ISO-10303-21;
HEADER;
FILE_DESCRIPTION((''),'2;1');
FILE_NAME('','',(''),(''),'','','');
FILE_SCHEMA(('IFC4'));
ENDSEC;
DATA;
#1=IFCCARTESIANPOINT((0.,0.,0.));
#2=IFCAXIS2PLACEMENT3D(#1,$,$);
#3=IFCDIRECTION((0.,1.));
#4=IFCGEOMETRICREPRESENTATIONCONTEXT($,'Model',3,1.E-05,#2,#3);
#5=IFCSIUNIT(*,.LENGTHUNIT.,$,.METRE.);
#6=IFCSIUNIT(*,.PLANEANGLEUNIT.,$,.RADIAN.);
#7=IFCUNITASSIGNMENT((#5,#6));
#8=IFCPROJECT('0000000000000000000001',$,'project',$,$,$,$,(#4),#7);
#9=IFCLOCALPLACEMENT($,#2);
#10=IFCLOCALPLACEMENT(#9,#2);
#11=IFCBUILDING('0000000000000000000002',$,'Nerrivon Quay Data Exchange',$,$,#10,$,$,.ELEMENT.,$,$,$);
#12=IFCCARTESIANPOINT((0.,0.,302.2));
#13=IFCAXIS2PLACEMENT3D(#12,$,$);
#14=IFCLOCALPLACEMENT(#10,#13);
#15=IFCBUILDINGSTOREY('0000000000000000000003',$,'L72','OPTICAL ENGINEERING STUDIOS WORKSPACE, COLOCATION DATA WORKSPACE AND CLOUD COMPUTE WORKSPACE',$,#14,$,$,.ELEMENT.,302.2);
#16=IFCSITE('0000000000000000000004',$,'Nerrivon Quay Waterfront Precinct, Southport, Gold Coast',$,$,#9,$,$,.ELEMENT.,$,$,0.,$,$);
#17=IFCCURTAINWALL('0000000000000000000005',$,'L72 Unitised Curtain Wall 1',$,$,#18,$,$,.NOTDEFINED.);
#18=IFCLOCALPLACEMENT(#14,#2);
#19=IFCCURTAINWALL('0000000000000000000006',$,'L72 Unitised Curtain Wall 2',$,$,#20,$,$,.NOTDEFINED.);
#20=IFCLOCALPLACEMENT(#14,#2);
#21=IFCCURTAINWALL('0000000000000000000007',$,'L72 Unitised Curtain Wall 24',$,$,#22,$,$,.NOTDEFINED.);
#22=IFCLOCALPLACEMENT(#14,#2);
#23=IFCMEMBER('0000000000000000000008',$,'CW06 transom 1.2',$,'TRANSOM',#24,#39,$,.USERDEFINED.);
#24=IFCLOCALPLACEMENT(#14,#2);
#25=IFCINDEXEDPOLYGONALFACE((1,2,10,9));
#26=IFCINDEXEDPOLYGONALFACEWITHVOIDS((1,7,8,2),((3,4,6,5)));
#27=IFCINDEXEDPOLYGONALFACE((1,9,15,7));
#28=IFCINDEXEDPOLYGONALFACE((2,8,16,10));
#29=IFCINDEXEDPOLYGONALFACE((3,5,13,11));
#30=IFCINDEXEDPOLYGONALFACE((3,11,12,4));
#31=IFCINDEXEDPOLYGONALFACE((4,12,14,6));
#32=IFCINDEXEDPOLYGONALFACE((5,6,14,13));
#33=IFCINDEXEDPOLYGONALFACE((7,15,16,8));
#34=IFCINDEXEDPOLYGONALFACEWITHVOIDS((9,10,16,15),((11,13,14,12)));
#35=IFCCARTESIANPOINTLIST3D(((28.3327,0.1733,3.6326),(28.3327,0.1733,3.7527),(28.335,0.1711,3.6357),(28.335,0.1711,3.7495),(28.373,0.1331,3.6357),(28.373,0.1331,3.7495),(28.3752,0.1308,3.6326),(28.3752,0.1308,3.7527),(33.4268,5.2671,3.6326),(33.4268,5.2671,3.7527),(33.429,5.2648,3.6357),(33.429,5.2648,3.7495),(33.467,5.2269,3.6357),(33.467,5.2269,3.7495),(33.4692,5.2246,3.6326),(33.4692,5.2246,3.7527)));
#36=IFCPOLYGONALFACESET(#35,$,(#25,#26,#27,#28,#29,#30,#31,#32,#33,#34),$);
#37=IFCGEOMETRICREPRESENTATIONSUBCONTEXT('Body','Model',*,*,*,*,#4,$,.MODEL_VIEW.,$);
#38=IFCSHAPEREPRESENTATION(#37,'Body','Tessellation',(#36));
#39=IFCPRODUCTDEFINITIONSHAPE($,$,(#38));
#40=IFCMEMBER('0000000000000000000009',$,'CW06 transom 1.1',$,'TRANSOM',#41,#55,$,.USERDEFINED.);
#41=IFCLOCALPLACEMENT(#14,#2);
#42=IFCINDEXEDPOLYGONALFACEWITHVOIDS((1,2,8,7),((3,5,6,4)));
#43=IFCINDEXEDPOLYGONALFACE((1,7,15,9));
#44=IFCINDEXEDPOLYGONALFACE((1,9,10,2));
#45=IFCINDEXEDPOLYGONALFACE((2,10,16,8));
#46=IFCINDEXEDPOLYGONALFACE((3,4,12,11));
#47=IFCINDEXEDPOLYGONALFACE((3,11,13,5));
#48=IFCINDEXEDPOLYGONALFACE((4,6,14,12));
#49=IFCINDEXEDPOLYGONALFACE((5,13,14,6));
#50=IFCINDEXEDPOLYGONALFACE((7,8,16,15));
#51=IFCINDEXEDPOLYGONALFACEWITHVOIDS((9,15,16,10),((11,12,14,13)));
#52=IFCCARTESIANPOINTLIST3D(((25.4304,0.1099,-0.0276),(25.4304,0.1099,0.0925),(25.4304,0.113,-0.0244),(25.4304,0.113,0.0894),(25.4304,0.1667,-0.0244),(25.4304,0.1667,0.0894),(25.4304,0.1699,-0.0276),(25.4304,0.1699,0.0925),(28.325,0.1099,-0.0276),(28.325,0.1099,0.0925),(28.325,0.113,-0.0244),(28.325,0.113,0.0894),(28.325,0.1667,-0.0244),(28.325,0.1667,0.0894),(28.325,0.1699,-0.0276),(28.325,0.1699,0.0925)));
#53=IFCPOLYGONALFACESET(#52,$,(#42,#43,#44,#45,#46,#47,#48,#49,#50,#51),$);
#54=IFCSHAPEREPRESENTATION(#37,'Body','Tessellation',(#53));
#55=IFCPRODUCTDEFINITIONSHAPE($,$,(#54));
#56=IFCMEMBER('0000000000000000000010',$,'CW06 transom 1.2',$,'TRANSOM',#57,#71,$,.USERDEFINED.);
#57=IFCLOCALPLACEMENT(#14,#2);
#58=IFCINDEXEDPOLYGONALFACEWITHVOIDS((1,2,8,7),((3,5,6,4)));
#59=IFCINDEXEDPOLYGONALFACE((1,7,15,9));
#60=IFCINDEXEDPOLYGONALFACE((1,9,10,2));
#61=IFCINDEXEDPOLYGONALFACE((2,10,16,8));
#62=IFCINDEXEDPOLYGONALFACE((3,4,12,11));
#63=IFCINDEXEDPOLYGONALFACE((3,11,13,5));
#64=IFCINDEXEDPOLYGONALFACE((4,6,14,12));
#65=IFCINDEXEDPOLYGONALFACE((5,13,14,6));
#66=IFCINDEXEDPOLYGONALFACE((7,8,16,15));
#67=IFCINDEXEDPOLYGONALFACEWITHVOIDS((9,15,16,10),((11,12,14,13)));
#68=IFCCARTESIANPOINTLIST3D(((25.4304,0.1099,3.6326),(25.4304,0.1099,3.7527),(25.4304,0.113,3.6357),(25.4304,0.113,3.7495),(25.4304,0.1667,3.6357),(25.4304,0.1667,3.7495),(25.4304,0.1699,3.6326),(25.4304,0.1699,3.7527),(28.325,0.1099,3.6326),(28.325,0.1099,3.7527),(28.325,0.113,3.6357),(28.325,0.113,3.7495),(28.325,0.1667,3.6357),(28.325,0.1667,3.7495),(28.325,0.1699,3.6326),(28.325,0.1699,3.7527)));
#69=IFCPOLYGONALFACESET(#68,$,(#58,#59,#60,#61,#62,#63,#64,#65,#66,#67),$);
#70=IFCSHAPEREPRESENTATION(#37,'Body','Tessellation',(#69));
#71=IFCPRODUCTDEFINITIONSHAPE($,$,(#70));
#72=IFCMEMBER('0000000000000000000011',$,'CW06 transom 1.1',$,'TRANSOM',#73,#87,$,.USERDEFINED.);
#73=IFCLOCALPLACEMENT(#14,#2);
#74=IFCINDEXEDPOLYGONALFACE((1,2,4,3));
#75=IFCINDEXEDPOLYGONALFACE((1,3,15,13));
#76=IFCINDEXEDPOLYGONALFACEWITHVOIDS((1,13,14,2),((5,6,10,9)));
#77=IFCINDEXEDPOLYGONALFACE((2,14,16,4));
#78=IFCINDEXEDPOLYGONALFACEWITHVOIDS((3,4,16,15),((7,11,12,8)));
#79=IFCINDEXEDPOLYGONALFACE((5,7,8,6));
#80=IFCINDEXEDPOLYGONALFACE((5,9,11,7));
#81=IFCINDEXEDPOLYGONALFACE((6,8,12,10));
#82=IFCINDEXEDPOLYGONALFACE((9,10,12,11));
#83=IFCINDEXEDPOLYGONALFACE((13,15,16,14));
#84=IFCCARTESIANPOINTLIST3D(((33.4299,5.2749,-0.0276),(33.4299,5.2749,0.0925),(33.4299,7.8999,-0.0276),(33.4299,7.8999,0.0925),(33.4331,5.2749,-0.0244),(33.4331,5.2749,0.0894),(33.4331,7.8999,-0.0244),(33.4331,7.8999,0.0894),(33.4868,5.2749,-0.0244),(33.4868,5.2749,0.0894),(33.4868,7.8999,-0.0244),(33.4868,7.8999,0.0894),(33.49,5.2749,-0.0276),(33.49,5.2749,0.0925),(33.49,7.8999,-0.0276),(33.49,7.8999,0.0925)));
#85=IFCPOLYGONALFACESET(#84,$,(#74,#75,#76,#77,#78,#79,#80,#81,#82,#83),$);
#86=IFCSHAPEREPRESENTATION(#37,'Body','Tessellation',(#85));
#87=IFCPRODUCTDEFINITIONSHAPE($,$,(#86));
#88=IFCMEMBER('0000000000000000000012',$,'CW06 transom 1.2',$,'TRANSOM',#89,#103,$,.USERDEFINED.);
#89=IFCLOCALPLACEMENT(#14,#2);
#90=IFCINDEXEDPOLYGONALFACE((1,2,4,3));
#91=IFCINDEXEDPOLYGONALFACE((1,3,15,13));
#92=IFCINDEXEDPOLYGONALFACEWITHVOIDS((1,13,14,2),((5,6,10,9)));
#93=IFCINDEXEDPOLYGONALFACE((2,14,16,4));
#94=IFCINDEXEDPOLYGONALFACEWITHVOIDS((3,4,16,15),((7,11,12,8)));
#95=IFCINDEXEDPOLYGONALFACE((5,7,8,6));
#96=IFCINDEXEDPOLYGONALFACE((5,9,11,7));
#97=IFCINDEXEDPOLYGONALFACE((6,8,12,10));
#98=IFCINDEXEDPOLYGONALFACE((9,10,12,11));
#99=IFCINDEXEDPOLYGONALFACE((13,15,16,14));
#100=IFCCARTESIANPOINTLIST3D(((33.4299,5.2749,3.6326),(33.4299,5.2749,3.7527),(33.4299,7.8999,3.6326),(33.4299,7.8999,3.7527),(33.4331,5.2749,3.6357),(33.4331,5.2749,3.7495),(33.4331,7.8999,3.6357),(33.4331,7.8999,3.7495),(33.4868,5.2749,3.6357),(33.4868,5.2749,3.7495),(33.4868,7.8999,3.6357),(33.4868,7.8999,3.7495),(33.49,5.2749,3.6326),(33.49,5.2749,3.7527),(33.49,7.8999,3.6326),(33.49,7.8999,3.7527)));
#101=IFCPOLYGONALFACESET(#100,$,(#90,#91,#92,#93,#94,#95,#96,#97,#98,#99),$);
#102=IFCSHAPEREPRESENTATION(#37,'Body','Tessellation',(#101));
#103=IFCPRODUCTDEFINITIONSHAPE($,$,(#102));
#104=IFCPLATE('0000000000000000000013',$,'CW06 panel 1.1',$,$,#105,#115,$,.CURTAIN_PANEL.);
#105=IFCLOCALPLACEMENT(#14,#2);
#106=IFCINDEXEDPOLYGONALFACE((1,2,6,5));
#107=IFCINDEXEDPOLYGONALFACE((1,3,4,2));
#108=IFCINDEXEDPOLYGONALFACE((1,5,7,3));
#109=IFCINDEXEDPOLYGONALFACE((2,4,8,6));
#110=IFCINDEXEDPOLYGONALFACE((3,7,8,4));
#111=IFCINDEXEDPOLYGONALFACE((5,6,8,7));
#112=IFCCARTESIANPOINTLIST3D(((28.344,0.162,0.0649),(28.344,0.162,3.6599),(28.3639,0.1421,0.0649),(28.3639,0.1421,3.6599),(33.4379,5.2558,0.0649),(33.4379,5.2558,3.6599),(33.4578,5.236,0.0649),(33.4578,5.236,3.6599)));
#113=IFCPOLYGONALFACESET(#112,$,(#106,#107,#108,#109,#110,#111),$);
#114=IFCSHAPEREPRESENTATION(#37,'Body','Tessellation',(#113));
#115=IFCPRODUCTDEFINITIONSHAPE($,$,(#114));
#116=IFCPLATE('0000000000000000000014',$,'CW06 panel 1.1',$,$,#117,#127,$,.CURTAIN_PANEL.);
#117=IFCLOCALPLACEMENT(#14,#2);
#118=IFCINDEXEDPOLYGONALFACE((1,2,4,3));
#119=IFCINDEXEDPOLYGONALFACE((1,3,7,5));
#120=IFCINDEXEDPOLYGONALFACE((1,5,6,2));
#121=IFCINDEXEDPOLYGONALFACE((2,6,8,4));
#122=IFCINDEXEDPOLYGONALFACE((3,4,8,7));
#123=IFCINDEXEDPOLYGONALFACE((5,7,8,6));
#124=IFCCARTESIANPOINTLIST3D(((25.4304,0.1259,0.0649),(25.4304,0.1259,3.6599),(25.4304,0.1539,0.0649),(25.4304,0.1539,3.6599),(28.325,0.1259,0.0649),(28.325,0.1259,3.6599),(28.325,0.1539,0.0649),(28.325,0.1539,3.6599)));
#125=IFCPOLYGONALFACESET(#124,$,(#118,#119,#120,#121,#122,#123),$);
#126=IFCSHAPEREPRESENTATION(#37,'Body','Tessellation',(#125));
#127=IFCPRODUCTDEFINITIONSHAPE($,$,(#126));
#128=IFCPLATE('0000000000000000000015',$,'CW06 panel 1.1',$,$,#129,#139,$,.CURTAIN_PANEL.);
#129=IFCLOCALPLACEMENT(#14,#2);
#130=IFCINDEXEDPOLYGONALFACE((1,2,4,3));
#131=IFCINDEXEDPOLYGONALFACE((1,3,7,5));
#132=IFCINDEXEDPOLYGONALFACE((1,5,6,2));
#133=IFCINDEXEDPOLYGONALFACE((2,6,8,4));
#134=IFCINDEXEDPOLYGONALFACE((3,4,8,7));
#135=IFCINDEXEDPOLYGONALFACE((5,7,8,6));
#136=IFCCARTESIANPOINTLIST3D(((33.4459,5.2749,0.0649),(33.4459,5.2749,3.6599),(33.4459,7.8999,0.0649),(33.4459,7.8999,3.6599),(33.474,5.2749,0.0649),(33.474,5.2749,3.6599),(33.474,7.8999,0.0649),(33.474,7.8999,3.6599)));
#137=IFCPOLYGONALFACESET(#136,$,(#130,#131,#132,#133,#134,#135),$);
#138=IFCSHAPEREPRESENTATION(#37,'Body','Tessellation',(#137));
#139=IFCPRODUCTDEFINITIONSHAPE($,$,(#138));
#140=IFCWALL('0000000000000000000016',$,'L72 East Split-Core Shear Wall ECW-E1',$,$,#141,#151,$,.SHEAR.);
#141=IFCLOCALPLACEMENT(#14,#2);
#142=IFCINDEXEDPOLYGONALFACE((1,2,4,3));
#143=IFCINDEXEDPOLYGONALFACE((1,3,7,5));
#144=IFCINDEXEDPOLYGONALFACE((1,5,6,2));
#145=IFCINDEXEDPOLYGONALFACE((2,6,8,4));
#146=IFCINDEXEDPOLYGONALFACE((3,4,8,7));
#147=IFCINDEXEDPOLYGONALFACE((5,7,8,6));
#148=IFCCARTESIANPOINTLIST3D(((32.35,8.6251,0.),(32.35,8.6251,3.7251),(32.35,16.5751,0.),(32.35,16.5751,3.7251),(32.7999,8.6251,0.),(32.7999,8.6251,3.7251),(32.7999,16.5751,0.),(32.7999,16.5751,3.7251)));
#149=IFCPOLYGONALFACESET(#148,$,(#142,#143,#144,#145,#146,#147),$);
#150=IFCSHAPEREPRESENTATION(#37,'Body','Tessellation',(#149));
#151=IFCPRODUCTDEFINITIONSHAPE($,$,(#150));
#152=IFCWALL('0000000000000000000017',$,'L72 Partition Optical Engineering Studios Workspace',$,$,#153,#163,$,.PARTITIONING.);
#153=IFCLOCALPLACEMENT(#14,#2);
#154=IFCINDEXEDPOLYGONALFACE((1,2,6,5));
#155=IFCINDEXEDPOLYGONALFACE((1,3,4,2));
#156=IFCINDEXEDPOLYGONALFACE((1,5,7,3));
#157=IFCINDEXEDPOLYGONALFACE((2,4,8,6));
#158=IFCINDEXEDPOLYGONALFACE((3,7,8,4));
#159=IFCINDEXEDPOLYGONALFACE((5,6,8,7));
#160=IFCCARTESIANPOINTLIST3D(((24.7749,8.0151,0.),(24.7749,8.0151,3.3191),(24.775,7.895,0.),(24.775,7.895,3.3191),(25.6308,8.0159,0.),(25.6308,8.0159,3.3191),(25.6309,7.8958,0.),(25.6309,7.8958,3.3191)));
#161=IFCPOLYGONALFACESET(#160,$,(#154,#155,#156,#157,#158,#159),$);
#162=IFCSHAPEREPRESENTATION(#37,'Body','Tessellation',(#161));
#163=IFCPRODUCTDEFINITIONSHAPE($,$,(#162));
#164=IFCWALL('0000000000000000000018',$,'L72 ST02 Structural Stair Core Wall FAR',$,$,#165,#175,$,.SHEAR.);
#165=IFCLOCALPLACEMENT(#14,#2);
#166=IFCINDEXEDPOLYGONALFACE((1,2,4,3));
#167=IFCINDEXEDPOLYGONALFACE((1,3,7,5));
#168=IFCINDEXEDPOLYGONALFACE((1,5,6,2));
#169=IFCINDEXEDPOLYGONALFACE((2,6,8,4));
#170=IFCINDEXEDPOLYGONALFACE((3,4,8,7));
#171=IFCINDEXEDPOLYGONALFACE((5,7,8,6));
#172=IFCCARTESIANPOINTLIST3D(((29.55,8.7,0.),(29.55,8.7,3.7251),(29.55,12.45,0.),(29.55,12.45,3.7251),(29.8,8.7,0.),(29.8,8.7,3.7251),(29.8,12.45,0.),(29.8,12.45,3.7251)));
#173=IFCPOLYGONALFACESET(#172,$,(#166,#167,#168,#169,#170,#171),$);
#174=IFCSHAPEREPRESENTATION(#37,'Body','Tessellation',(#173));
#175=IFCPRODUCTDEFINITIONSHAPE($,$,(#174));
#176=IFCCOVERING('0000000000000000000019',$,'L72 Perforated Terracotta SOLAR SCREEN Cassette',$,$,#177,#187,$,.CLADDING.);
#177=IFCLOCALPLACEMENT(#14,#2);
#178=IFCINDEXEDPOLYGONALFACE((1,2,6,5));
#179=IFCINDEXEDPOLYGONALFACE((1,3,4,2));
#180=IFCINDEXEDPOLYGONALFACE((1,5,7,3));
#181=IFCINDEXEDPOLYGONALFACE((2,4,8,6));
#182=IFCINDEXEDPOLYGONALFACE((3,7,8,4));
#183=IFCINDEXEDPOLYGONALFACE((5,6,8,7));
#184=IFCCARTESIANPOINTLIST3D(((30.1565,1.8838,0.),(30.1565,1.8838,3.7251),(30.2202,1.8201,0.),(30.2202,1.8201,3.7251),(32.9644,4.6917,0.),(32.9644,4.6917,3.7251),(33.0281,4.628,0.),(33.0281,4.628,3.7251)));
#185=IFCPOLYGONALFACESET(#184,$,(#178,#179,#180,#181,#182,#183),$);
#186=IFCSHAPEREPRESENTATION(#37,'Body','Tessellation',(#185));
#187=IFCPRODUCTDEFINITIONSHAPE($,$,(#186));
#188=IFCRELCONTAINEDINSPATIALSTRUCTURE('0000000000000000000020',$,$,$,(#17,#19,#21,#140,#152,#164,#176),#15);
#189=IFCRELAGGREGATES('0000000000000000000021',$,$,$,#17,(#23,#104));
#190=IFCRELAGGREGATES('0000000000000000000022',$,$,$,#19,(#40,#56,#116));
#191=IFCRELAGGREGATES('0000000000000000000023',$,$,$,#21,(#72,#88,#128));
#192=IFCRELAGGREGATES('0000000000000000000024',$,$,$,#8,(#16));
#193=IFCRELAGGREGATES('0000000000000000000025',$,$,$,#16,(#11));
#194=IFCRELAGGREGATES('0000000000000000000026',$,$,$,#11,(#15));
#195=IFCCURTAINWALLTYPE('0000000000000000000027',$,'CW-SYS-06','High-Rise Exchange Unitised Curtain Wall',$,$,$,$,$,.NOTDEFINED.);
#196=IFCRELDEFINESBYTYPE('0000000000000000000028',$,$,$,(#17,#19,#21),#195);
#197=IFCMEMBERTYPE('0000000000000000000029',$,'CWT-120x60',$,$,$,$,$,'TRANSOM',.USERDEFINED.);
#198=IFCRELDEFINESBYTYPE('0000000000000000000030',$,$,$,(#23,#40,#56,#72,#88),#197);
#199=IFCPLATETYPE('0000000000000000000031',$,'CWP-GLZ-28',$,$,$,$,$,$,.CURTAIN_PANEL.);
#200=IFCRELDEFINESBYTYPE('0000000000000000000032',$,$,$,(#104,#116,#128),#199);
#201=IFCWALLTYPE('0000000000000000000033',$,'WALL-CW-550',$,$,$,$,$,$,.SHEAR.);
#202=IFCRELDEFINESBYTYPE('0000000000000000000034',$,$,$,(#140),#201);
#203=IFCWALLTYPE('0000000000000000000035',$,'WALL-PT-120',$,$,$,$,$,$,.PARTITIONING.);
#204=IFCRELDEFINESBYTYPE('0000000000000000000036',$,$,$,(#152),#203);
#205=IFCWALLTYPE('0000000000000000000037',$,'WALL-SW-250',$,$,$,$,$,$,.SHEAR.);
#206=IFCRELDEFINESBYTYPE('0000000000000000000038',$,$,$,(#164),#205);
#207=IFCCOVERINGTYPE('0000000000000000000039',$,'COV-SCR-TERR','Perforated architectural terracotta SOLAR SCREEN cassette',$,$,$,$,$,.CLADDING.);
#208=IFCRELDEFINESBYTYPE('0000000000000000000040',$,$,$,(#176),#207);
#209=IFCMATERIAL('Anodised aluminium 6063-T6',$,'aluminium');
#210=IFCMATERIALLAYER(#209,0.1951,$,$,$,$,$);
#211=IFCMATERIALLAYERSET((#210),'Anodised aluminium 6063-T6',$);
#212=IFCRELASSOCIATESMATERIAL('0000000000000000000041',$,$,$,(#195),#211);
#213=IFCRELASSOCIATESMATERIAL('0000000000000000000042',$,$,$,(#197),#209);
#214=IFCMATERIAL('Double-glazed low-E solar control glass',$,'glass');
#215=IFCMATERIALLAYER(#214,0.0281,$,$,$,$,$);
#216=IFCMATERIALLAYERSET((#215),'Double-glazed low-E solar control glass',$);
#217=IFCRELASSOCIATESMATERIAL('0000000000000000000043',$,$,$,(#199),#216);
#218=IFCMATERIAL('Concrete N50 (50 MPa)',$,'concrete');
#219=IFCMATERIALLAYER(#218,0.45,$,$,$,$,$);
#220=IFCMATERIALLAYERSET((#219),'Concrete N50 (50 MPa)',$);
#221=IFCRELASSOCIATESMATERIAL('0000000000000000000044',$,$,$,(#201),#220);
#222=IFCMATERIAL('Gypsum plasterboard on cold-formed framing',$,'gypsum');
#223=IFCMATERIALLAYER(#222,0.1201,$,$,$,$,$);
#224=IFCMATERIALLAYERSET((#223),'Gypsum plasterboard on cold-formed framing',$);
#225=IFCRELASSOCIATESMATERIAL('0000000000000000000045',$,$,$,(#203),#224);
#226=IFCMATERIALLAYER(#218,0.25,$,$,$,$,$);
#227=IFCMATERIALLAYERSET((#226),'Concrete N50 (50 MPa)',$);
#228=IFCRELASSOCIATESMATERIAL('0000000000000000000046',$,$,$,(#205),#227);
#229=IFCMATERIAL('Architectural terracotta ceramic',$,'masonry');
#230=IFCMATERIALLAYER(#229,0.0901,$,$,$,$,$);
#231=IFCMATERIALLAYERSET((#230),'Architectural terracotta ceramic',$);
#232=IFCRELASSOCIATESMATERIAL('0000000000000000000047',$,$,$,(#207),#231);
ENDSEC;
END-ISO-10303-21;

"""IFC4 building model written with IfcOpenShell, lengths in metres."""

from ifc_helpers import new_model, si_unit, direction, frame, frame_2d, origin, origin_2d, place, context, subcontext, project, spatial, rectangle, hollow_rectangle, extrude, material, layer, layer_set, material_profile, profile_set, type_object, element, aggregate, save


model = new_model("IFC4")

# Units and contexts
model_context = context("Model", 3, precision=1e-05, world=origin(), true_north=direction((0.0, 1.0)))
body_context = subcontext(model_context, "Body", "Model", "MODEL_VIEW")
ifc_project = project(units=[si_unit("LENGTHUNIT", "METRE"), si_unit("PLANEANGLEUNIT", "RADIAN")], contexts=[model_context])

# Site, building, storey
site_placement = place(None, origin())
site = spatial("IfcSite", under=ifc_project, at=site_placement, Name="Nerrivon Quay Waterfront Precinct, Southport, Gold Coast", CompositionType="ELEMENT", RefElevation=0.0)
building_placement = place(site_placement, origin())
building = spatial("IfcBuilding", under=site, at=building_placement, Name="Nerrivon Quay Data Exchange", CompositionType="ELEMENT")
storey_placement = place(building_placement, frame((0.0, 0.0, 302.2)))
storey = spatial("IfcBuildingStorey", under=building, at=storey_placement, Name="L72", Description="OPTICAL ENGINEERING STUDIOS WORKSPACE, COLOCATION DATA WORKSPACE AND CLOUD COMPUTE WORKSPACE", CompositionType="ELEMENT", Elevation=302.2)

# Shared definitions
ifc_material_1 = material(Name="Concrete N50 (50 MPa)", Category="concrete")

# Curtain wall
ifc_material_2 = material(Name="Anodised aluminium 6063-T6", Category="aluminium")
ifc_layer_1 = layer(ifc_material_2, 0.1951)
ifc_layer_set_1 = layer_set([ifc_layer_1], Name="Anodised aluminium 6063-T6")
curtain_wall_type = type_object("IfcCurtainWallType", Name="CW-SYS-06", Description="High-Rise Exchange Unitised Curtain Wall", PredefinedType="NOTDEFINED", material=ifc_layer_set_1)
curtain_wall_1_placement = place(storey_placement, origin())
curtain_wall_1 = element("IfcCurtainWall", 1, at=curtain_wall_1_placement, inside=storey, type_object=curtain_wall_type, Name="L72 Unitised Curtain Wall 1", PredefinedType="NOTDEFINED")

# Curtain wall
curtain_wall_2_placement = place(storey_placement, origin())
curtain_wall_2 = element("IfcCurtainWall", 2, at=curtain_wall_2_placement, inside=storey, type_object=curtain_wall_type, Name="L72 Unitised Curtain Wall 2", PredefinedType="NOTDEFINED")

# Curtain wall
curtain_wall_3_placement = place(storey_placement, origin())
curtain_wall_3 = element("IfcCurtainWall", 3, at=curtain_wall_3_placement, inside=storey, type_object=curtain_wall_type, Name="L72 Unitised Curtain Wall 24", PredefinedType="NOTDEFINED")

# Members
ifc_material_profile_1 = material_profile(ifc_material_2, hollow_rectangle(XDim=0.0601, YDim=0.1201, WallThickness=0.0032, at=origin_2d()), Name="ALU-TRAN-120x60")
ifc_profile_set_1 = profile_set([ifc_material_profile_1], Name="Anodised aluminium 6063-T6")
member_type_1 = type_object("IfcMemberType", Name="CWT-120x60", ElementType="TRANSOM", PredefinedType="USERDEFINED", material=ifc_profile_set_1)
member_1_placement = place(storey_placement, frame((33.448, 5.2458, 3.6926), z_axis=(-0.707124, -0.70709, 0.0), x_axis=(0.70709, -0.707124, 0.0)))
member_1 = element("IfcMember", 4, at=member_1_placement, type_object=member_type_1, Name="CW06 transom 1.2", ObjectType="TRANSOM", PredefinedType="USERDEFINED", context=body_context, shape_type="SweptSolid", body=[
    extrude(hollow_rectangle(XDim=0.0601, YDim=0.1201, WallThickness=0.0032, at=origin_2d()), origin(), (0.0, 0.0, 1.0), 7.2039),
])
member_2_placement = place(storey_placement, frame((28.325, 0.1399, 0.0325), z_axis=(-1.0, 0.0, 0.0), x_axis=(0.0, -1.0, 0.0)))
member_2 = element("IfcMember", 5, at=member_2_placement, type_object=member_type_1, Name="CW06 transom 1.1", ObjectType="TRANSOM", PredefinedType="USERDEFINED", context=body_context, shape_type="SweptSolid", body=[
    extrude(hollow_rectangle(XDim=0.0601, YDim=0.1201, WallThickness=0.0032, at=origin_2d()), origin(), (0.0, 0.0, 1.0), 2.8945),
])
member_3_placement = place(storey_placement, frame((28.325, 0.1399, 3.6926), z_axis=(-1.0, 0.0, 0.0), x_axis=(0.0, -1.0, 0.0)))
member_3 = element("IfcMember", 6, at=member_3_placement, type_object=member_type_1, Name="CW06 transom 1.2", ObjectType="TRANSOM", PredefinedType="USERDEFINED", context=body_context, shape_type="SweptSolid", body=[
    extrude(hollow_rectangle(XDim=0.0601, YDim=0.1201, WallThickness=0.0032, at=origin_2d()), origin(), (0.0, 0.0, 1.0), 2.8945),
])
member_4_placement = place(storey_placement, frame((33.46, 7.8999, 0.0325), z_axis=(0.0, -1.0, 0.0), x_axis=(1.0, 0.0, 0.0)))
member_4 = element("IfcMember", 7, at=member_4_placement, type_object=member_type_1, Name="CW06 transom 1.1", ObjectType="TRANSOM", PredefinedType="USERDEFINED", context=body_context, shape_type="SweptSolid", body=[
    extrude(hollow_rectangle(XDim=0.0601, YDim=0.1201, WallThickness=0.0032, at=origin_2d()), origin(), (0.0, 0.0, 1.0), 2.625),
])
member_5_placement = place(storey_placement, frame((33.46, 7.8999, 3.6926), z_axis=(0.0, -1.0, 0.0), x_axis=(1.0, 0.0, 0.0)))
member_5 = element("IfcMember", 8, at=member_5_placement, type_object=member_type_1, Name="CW06 transom 1.2", ObjectType="TRANSOM", PredefinedType="USERDEFINED", context=body_context, shape_type="SweptSolid", body=[
    extrude(hollow_rectangle(XDim=0.0601, YDim=0.1201, WallThickness=0.0032, at=origin_2d()), origin(), (0.0, 0.0, 1.0), 2.625),
])

# Plates
ifc_material_3 = material(Name="Double-glazed low-E solar control glass", Category="glass")
ifc_layer_2 = layer(ifc_material_3, 0.0281)
ifc_layer_set_2 = layer_set([ifc_layer_2], Name="Double-glazed low-E solar control glass")
plate_type = type_object("IfcPlateType", Name="CWP-GLZ-28", PredefinedType="CURTAIN_PANEL", material=ifc_layer_set_2)
plate_1_placement = place(storey_placement, frame((30.9009, 2.699, 0.0649), z_axis=(0.0, 0.0, 1.0), x_axis=(-0.707107, -0.707107, 0.0)))
plate_1 = element("IfcPlate", 9, at=plate_1_placement, type_object=plate_type, Name="CW06 panel 1.1", PredefinedType="CURTAIN_PANEL", context=body_context, shape_type="SweptSolid", body=[
    extrude(rectangle(XDim=7.2039, YDim=0.0281, at=origin_2d()), origin(), (0.0, 0.0, 1.0), 3.595),
])
aggregate(curtain_wall_1, [member_1, plate_1])
plate_2_placement = place(storey_placement, frame((26.8777, 0.1399, 0.0649), z_axis=(0.0, 0.0, 1.0), x_axis=(-1.0, 0.0, 0.0)))
plate_2 = element("IfcPlate", 10, at=plate_2_placement, type_object=plate_type, Name="CW06 panel 1.1", PredefinedType="CURTAIN_PANEL", context=body_context, shape_type="SweptSolid", body=[
    extrude(rectangle(XDim=2.8945, YDim=0.0281, at=origin_2d()), origin(), (0.0, 0.0, 1.0), 3.595),
])
aggregate(curtain_wall_2, [member_2, member_3, plate_2])
plate_3_placement = place(storey_placement, frame((33.46, 6.5874, 0.0649), z_axis=(0.0, 0.0, 1.0), x_axis=(0.0, -1.0, 0.0)))
plate_3 = element("IfcPlate", 11, at=plate_3_placement, type_object=plate_type, Name="CW06 panel 1.1", PredefinedType="CURTAIN_PANEL", context=body_context, shape_type="SweptSolid", body=[
    extrude(rectangle(XDim=2.625, YDim=0.0281, at=origin_2d()), origin(), (0.0, 0.0, 1.0), 3.595),
])
aggregate(curtain_wall_3, [member_4, member_5, plate_3])

# Walls
ifc_layer_3 = layer(ifc_material_1, 0.45)
ifc_layer_set_3 = layer_set([ifc_layer_3], Name="Concrete N50 (50 MPa)")
wall_type_1 = type_object("IfcWallType", Name="WALL-CW-550", PredefinedType="SHEAR", material=ifc_layer_set_3)
wall_1_placement = place(storey_placement, frame((32.575, 8.625, 0.0), z_axis=(0.0, 0.0, 1.0), x_axis=(0.0, 1.0, 0.0)))
element("IfcWall", 12, at=wall_1_placement, inside=storey, type_object=wall_type_1, Name="L72 East Split-Core Shear Wall ECW-E1", PredefinedType="SHEAR", context=body_context, shape_type="SweptSolid", body=[
    extrude(rectangle(XDim=7.95, YDim=0.45, at=frame_2d((3.9751, 0.0))), origin(), (0.0, 0.0, 1.0), 3.7251),
])
ifc_material_4 = material(Name="Gypsum plasterboard on cold-formed framing", Category="gypsum")
ifc_layer_4 = layer(ifc_material_4, 0.1201)
ifc_layer_set_4 = layer_set([ifc_layer_4], Name="Gypsum plasterboard on cold-formed framing")
wall_type_2 = type_object("IfcWallType", Name="WALL-PT-120", PredefinedType="PARTITIONING", material=ifc_layer_set_4)
wall_2_placement = place(storey_placement, frame((25.6309, 7.9558, 0.0), z_axis=(0.0, 0.0, 1.0), x_axis=(-1.0, -0.000856, 0.0)))
element("IfcWall", 13, at=wall_2_placement, inside=storey, type_object=wall_type_2, Name="L72 Partition Optical Engineering Studios Workspace", PredefinedType="PARTITIONING", context=body_context, shape_type="SweptSolid", body=[
    extrude(rectangle(XDim=0.856, YDim=0.1201, at=frame_2d((0.428, 0.0))), origin(), (0.0, 0.0, 1.0), 3.3191),
])
ifc_layer_5 = layer(ifc_material_1, 0.25)
ifc_layer_set_5 = layer_set([ifc_layer_5], Name="Concrete N50 (50 MPa)")
wall_type_3 = type_object("IfcWallType", Name="WALL-SW-250", PredefinedType="SHEAR", material=ifc_layer_set_5)
wall_3_placement = place(storey_placement, frame((29.675, 8.7, 0.0), z_axis=(0.0, 0.0, 1.0), x_axis=(0.0, 1.0, 0.0)))
element("IfcWall", 14, at=wall_3_placement, inside=storey, type_object=wall_type_3, Name="L72 ST02 Structural Stair Core Wall FAR", PredefinedType="SHEAR", context=body_context, shape_type="SweptSolid", body=[
    extrude(rectangle(XDim=3.75, YDim=0.25, at=frame_2d((1.875, 0.0))), origin(), (0.0, 0.0, 1.0), 3.7251),
])

# Covering
ifc_material_5 = material(Name="Architectural terracotta ceramic", Category="masonry")
ifc_layer_6 = layer(ifc_material_5, 0.0901)
ifc_layer_set_6 = layer_set([ifc_layer_6], Name="Architectural terracotta ceramic")
covering_type = type_object("IfcCoveringType", Name="COV-SCR-TERR", Description="Perforated architectural terracotta SOLAR SCREEN cassette", PredefinedType="CLADDING", material=ifc_layer_set_6)
covering_placement = place(storey_placement, frame((31.5923, 3.2559, 0.0), z_axis=(0.0, 0.0, 1.0), x_axis=(-0.707107, -0.707107, 0.0)))
element("IfcCovering", 15, at=covering_placement, inside=storey, type_object=covering_type, Name="L72 Perforated Terracotta SOLAR SCREEN Cassette", PredefinedType="CLADDING", context=body_context, shape_type="SweptSolid", body=[
    extrude(rectangle(XDim=3.9709, YDim=0.0901, at=origin_2d()), origin(), (0.0, 0.0, 1.0), 3.7251),
])

save(model, "model.ifc")
